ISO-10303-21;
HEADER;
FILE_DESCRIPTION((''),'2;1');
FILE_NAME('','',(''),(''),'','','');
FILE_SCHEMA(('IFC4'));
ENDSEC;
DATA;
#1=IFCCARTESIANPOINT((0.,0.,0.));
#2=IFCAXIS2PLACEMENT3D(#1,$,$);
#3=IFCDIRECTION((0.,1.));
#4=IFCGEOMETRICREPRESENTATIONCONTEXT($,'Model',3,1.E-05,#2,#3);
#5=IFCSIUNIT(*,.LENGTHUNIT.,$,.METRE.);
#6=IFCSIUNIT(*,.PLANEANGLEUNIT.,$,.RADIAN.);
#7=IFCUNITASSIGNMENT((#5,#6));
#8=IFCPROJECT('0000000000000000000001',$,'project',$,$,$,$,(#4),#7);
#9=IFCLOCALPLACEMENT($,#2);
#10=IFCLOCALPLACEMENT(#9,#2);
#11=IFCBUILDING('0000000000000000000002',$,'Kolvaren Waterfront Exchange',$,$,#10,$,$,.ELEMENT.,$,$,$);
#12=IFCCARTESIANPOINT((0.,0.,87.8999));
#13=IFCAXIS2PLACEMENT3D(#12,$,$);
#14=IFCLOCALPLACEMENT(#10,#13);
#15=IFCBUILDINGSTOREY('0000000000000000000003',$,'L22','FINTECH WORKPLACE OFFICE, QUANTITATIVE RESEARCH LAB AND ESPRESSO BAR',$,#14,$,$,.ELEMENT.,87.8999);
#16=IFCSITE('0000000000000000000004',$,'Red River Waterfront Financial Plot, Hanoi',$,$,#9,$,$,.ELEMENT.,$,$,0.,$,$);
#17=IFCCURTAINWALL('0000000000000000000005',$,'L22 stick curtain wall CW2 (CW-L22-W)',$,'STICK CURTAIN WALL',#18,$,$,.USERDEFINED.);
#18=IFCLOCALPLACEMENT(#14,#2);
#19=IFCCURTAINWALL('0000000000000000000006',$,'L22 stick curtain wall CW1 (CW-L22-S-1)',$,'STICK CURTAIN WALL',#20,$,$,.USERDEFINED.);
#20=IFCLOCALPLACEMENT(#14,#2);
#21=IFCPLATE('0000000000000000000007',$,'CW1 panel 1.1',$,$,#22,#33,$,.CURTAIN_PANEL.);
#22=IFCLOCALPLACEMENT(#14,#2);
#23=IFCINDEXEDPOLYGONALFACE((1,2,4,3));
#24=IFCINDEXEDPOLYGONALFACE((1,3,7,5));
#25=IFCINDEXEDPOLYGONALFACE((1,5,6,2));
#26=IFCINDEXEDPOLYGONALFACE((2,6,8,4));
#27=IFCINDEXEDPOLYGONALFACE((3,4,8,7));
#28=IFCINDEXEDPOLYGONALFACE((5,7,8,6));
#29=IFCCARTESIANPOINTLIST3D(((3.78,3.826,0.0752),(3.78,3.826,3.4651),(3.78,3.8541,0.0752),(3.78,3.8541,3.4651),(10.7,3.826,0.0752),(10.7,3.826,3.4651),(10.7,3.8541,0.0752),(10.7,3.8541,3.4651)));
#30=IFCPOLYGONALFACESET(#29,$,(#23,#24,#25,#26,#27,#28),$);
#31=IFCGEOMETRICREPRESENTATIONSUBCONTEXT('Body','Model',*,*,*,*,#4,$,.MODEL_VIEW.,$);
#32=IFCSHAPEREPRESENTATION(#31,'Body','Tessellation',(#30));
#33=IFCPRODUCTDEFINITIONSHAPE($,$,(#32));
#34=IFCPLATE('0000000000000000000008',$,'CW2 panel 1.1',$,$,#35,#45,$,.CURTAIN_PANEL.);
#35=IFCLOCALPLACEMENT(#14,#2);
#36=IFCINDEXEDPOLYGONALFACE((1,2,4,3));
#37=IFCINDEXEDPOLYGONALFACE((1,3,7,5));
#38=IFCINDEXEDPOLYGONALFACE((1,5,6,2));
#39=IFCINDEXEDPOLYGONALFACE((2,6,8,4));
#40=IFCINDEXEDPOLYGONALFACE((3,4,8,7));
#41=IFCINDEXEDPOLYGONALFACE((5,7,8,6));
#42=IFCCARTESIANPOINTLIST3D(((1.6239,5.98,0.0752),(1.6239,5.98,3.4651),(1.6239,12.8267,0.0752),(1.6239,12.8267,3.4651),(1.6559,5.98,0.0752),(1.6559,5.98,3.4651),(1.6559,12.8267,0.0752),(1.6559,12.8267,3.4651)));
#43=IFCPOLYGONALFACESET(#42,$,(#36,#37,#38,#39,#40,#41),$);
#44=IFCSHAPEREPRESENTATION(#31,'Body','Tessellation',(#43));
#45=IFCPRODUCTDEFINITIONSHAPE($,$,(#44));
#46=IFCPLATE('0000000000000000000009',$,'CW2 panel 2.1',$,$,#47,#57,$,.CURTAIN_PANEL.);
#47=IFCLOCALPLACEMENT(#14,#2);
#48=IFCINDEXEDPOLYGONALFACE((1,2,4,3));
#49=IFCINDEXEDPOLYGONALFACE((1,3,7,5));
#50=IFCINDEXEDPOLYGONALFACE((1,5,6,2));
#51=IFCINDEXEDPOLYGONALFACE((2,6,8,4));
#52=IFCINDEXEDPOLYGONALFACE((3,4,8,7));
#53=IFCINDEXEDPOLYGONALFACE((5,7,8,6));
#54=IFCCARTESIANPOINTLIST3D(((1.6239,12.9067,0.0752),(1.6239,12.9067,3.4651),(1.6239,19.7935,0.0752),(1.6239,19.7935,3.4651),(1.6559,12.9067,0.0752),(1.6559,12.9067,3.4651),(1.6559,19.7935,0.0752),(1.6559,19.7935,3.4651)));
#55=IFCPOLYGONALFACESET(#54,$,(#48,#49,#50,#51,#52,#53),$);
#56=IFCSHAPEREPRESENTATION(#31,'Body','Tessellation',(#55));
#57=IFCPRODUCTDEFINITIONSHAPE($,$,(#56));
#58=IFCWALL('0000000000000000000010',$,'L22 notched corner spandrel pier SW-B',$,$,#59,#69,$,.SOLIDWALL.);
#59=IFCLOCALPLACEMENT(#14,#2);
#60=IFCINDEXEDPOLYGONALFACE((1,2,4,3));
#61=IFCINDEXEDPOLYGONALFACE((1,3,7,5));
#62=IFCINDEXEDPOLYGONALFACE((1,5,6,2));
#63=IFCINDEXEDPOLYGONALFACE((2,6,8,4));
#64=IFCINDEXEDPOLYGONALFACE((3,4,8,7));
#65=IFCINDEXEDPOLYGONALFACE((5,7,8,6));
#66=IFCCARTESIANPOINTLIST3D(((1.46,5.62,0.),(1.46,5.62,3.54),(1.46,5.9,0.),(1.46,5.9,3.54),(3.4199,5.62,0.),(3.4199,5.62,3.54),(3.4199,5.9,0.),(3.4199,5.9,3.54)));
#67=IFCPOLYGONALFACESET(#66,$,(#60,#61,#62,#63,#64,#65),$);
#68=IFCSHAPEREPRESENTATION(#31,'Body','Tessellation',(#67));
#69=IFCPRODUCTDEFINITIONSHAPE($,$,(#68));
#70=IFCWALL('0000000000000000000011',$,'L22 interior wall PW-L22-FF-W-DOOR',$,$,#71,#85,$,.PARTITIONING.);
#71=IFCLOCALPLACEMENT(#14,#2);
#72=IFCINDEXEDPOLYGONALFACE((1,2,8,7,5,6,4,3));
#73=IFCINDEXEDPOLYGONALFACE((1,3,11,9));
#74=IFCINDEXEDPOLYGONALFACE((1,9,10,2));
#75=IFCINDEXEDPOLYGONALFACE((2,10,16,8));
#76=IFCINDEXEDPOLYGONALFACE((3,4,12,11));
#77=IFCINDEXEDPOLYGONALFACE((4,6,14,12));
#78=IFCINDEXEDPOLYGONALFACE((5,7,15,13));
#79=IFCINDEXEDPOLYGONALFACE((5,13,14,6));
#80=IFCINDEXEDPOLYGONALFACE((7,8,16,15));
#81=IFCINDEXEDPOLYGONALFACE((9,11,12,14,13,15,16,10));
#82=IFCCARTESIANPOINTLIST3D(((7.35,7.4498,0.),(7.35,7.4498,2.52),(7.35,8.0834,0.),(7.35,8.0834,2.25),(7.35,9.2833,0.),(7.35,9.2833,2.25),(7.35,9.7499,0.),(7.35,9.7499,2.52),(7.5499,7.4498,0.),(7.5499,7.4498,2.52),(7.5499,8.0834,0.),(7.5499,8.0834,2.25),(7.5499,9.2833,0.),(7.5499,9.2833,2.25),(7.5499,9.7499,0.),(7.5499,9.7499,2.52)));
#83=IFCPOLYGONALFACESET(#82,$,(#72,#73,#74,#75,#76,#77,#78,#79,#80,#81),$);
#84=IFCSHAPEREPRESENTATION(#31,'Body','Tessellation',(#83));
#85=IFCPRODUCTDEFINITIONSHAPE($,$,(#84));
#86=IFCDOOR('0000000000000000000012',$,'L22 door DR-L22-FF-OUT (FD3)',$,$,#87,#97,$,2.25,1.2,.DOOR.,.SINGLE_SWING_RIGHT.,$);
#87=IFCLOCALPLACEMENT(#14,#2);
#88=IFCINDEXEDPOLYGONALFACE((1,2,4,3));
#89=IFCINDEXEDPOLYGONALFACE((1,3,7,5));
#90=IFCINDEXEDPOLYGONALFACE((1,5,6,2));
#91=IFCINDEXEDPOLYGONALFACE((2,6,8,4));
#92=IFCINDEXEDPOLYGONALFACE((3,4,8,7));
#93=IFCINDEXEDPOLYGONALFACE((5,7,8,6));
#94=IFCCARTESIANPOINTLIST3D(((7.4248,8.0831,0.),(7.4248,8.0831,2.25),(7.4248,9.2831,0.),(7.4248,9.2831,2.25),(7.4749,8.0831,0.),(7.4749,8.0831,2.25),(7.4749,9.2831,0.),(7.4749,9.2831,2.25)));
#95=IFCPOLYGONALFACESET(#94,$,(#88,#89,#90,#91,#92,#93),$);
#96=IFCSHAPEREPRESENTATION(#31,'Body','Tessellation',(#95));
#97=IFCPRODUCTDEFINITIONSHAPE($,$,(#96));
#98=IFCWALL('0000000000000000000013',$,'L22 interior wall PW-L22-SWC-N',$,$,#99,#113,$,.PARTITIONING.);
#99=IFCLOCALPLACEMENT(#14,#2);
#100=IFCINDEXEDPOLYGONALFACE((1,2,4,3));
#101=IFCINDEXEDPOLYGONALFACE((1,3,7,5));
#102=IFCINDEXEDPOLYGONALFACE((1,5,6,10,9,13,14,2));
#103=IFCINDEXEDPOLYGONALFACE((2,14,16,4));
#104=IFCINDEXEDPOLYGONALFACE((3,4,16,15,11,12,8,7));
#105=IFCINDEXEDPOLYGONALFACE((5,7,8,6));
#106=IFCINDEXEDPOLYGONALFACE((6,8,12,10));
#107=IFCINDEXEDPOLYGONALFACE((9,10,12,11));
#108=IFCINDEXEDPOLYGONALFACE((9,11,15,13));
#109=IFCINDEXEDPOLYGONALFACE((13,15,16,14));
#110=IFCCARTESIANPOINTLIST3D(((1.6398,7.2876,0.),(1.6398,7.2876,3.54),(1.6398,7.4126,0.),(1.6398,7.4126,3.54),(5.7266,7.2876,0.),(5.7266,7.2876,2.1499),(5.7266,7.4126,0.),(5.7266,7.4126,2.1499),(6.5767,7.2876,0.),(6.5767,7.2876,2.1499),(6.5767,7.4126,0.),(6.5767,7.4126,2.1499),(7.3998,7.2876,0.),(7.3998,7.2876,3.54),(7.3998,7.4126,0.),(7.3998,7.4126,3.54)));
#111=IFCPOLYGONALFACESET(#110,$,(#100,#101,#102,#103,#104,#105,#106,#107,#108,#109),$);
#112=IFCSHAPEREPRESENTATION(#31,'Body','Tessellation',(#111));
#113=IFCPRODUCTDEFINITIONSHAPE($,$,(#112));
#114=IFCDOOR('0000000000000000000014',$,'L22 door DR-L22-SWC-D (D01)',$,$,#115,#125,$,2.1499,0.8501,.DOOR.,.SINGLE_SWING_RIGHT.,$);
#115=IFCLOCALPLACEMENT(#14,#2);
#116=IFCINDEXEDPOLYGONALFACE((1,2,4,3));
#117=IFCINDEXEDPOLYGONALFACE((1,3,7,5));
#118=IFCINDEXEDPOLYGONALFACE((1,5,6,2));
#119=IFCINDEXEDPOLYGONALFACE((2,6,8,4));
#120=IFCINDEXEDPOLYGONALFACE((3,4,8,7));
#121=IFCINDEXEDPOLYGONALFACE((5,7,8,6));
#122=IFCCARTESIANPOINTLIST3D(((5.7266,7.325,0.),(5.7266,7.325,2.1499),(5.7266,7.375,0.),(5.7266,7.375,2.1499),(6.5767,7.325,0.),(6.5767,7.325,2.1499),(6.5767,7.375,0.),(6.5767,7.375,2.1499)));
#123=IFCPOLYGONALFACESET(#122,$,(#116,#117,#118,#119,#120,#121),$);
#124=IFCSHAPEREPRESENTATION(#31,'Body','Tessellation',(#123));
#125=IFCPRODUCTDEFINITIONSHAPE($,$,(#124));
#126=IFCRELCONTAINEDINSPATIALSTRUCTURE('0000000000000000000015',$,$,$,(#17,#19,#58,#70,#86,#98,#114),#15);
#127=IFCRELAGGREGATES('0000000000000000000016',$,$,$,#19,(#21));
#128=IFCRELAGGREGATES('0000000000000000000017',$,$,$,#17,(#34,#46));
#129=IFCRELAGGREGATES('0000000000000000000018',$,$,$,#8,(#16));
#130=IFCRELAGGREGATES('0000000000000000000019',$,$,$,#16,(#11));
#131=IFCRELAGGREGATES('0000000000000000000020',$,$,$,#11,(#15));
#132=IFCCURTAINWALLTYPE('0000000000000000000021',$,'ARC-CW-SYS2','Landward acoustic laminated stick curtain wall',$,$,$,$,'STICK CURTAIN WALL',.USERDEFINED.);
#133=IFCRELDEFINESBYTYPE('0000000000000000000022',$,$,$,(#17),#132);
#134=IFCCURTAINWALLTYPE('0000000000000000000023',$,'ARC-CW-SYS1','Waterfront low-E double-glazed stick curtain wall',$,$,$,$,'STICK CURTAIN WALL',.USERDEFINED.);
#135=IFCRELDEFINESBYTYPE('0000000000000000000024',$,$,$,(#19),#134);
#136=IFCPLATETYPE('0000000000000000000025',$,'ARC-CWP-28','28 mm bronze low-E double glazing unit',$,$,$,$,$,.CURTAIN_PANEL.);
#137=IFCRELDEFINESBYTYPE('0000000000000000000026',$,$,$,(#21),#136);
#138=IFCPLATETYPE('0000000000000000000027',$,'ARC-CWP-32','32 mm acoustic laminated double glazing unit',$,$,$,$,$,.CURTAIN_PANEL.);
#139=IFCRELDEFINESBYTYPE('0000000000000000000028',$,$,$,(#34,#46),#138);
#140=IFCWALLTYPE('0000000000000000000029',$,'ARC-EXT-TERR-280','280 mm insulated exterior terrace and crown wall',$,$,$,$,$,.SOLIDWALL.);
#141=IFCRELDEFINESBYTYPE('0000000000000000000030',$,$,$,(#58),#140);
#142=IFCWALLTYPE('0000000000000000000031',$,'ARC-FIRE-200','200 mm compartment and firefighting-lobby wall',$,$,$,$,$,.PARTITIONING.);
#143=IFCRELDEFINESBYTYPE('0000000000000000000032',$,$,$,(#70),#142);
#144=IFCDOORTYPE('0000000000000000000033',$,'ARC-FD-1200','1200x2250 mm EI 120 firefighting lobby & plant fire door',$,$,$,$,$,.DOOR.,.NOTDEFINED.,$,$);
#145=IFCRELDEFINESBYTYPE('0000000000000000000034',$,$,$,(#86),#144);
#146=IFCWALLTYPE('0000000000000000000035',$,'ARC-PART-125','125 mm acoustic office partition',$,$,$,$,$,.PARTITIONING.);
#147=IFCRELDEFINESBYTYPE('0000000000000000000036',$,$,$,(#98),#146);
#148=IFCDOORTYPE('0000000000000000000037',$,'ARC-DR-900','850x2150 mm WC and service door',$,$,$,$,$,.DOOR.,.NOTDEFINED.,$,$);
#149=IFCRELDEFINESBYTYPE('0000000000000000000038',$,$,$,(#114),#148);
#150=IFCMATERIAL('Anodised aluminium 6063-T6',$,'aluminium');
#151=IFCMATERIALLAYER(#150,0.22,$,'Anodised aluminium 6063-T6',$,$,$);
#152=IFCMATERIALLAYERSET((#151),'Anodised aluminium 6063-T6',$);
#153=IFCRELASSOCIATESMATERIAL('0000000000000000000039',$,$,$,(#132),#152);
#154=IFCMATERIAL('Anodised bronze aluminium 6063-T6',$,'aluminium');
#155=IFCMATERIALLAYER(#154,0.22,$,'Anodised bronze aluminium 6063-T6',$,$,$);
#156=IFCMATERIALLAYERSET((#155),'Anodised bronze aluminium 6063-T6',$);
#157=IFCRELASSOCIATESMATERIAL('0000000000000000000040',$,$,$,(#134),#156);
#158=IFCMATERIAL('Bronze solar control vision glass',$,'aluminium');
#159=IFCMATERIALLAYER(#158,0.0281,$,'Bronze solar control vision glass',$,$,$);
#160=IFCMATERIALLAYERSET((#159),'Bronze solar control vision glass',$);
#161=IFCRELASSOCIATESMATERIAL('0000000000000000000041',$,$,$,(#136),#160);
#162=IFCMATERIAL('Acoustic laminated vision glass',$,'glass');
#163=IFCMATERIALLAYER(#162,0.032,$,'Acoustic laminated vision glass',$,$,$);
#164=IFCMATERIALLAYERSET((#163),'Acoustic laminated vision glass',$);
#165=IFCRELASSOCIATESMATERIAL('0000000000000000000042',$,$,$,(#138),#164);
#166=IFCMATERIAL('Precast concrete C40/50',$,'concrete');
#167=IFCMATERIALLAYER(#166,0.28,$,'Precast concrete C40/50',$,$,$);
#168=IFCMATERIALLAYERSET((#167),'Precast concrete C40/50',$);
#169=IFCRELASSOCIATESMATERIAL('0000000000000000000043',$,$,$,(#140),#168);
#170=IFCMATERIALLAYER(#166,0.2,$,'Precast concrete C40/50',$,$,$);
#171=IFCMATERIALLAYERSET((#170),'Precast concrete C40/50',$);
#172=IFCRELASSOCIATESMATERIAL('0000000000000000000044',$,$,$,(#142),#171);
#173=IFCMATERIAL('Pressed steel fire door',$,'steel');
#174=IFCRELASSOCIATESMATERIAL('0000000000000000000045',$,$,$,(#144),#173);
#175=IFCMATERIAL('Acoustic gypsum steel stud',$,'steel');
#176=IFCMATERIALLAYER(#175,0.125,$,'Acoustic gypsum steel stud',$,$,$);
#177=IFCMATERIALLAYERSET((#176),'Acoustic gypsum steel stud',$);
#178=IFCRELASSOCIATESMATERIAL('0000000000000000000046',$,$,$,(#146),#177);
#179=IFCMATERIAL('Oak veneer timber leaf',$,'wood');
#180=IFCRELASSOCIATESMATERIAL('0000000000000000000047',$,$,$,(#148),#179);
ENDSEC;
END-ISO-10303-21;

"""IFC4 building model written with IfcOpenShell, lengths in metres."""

from ifc_helpers import new_model, si_unit, direction, frame, frame_2d, origin, origin_with_axes, origin_2d, place, context, subcontext, project, spatial, rectangle, extrude, source, transform, mapped, material, layer, layer_set, type_object, element, fill, aggregate, save


model = new_model("IFC4")

# Units and contexts
model_context = context("Model", 3, precision=1e-05, world=origin(), true_north=direction((0.0, 1.0)))
body_context = subcontext(model_context, "Body", "Model", "MODEL_VIEW")
ifc_project = project(units=[si_unit("LENGTHUNIT", "METRE"), si_unit("PLANEANGLEUNIT", "RADIAN")], contexts=[model_context])

# Site, building, storey
site_placement = place(None, origin())
site = spatial("IfcSite", under=ifc_project, at=site_placement, Name="Red River Waterfront Financial Plot, Hanoi", CompositionType="ELEMENT", RefElevation=0.0)
building_placement = place(site_placement, origin())
building = spatial("IfcBuilding", under=site, at=building_placement, Name="Kolvaren Waterfront Exchange", CompositionType="ELEMENT")
storey_placement = place(building_placement, frame((0.0, 0.0, 87.8999)))
storey = spatial("IfcBuildingStorey", under=building, at=storey_placement, Name="L22", Description="FINTECH WORKPLACE OFFICE, QUANTITATIVE RESEARCH LAB AND ESPRESSO BAR", CompositionType="ELEMENT", Elevation=87.8999)

# Curtain walls
ifc_material_1 = material(Name="Anodised aluminium 6063-T6", Category="aluminium")
ifc_layer_1 = layer(ifc_material_1, 0.22, Name="Anodised aluminium 6063-T6")
ifc_layer_set_1 = layer_set([ifc_layer_1], Name="Anodised aluminium 6063-T6")
curtain_wall_type_1 = type_object("IfcCurtainWallType", Name="ARC-CW-SYS2", Description="Landward acoustic laminated stick curtain wall", ElementType="STICK CURTAIN WALL", PredefinedType="USERDEFINED", material=ifc_layer_set_1)
curtain_wall_1_placement = place(storey_placement, origin())
curtain_wall_1 = element("IfcCurtainWall", 1, at=curtain_wall_1_placement, inside=storey, type_object=curtain_wall_type_1, Name="L22 stick curtain wall CW2 (CW-L22-W)", ObjectType="STICK CURTAIN WALL", PredefinedType="USERDEFINED")
ifc_material_2 = material(Name="Anodised bronze aluminium 6063-T6", Category="aluminium")
ifc_layer_2 = layer(ifc_material_2, 0.22, Name="Anodised bronze aluminium 6063-T6")
ifc_layer_set_2 = layer_set([ifc_layer_2], Name="Anodised bronze aluminium 6063-T6")
curtain_wall_type_2 = type_object("IfcCurtainWallType", Name="ARC-CW-SYS1", Description="Waterfront low-E double-glazed stick curtain wall", ElementType="STICK CURTAIN WALL", PredefinedType="USERDEFINED", material=ifc_layer_set_2)
curtain_wall_2_placement = place(storey_placement, origin())
curtain_wall_2 = element("IfcCurtainWall", 2, at=curtain_wall_2_placement, inside=storey, type_object=curtain_wall_type_2, Name="L22 stick curtain wall CW1 (CW-L22-S-1)", ObjectType="STICK CURTAIN WALL", PredefinedType="USERDEFINED")

# Plates
ifc_material_3 = material(Name="Bronze solar control vision glass", Category="aluminium")
ifc_layer_3 = layer(ifc_material_3, 0.0281, Name="Bronze solar control vision glass")
ifc_layer_set_3 = layer_set([ifc_layer_3], Name="Bronze solar control vision glass")
plate_type_1 = type_object("IfcPlateType", Name="ARC-CWP-28", Description="28 mm bronze low-E double glazing unit", PredefinedType="CURTAIN_PANEL", material=ifc_layer_set_3)
shared_shape_1 = source(origin_with_axes(), body_context, "Body", "SweptSolid", [
    extrude(rectangle(XDim=6.9199, YDim=0.0281, at=origin_2d()), origin(), (0.0, 0.0, 1.0), 3.3899),
])
plate_1_placement = place(storey_placement, frame((7.24, 3.8401, 0.0752), z_axis=(0.0, 0.0, 1.0), x_axis=(1.0, 0.0, 0.0)))
plate_1 = element("IfcPlate", 3, at=plate_1_placement, type_object=plate_type_1, Name="CW1 panel 1.1", PredefinedType="CURTAIN_PANEL", context=body_context, shape_type="MappedRepresentation", body=[
    mapped(shared_shape_1, transform((0.0, 0.0, 0.0), x_axis=(1.0, 0.0, 0.0), y_axis=(0.0, 1.0, 0.0), z_axis=(0.0, 0.0, 1.0), scale=1.0)),
])
aggregate(curtain_wall_2, [plate_1])
ifc_material_4 = material(Name="Acoustic laminated vision glass", Category="glass")
ifc_layer_4 = layer(ifc_material_4, 0.032, Name="Acoustic laminated vision glass")
ifc_layer_set_4 = layer_set([ifc_layer_4], Name="Acoustic laminated vision glass")
plate_type_2 = type_object("IfcPlateType", Name="ARC-CWP-32", Description="32 mm acoustic laminated double glazing unit", PredefinedType="CURTAIN_PANEL", material=ifc_layer_set_4)
shared_shape_2 = source(origin_with_axes(), body_context, "Body", "SweptSolid", [
    extrude(rectangle(XDim=6.8467, YDim=0.032, at=origin_2d()), origin(), (0.0, 0.0, 1.0), 3.3899),
])
plate_2_placement = place(storey_placement, frame((1.6399, 9.4033, 0.0752), z_axis=(0.0, 0.0, 1.0), x_axis=(0.0, 1.0, 0.0)))
plate_2 = element("IfcPlate", 4, at=plate_2_placement, type_object=plate_type_2, Name="CW2 panel 1.1", PredefinedType="CURTAIN_PANEL", context=body_context, shape_type="MappedRepresentation", body=[
    mapped(shared_shape_2, transform((0.0, 0.0, 0.0), x_axis=(1.0, 0.0, 0.0), y_axis=(0.0, 1.0, 0.0), z_axis=(0.0, 0.0, 1.0), scale=1.0)),
])
shared_shape_3 = source(origin_with_axes(), body_context, "Body", "SweptSolid", [
    extrude(rectangle(XDim=6.8867, YDim=0.032, at=origin_2d()), origin(), (0.0, 0.0, 1.0), 3.3899),
])
plate_3_placement = place(storey_placement, frame((1.6399, 16.3501, 0.0752), z_axis=(0.0, 0.0, 1.0), x_axis=(0.0, 1.0, 0.0)))
plate_3 = element("IfcPlate", 5, at=plate_3_placement, type_object=plate_type_2, Name="CW2 panel 2.1", PredefinedType="CURTAIN_PANEL", context=body_context, shape_type="MappedRepresentation", body=[
    mapped(shared_shape_3, transform((0.0, 0.0, 0.0), x_axis=(1.0, 0.0, 0.0), y_axis=(0.0, 1.0, 0.0), z_axis=(0.0, 0.0, 1.0), scale=1.0)),
])
aggregate(curtain_wall_1, [plate_2, plate_3])

# Wall
ifc_material_5 = material(Name="Precast concrete C40/50", Category="concrete")
ifc_layer_5 = layer(ifc_material_5, 0.28, Name="Precast concrete C40/50")
ifc_layer_set_5 = layer_set([ifc_layer_5], Name="Precast concrete C40/50")
wall_type_1 = type_object("IfcWallType", Name="ARC-EXT-TERR-280", Description="280 mm insulated exterior terrace and crown wall", PredefinedType="SOLIDWALL", material=ifc_layer_set_5)
wall_1_placement = place(storey_placement, frame((1.46, 5.76, 0.0), z_axis=(0.0, 0.0, 1.0), x_axis=(1.0, 0.0, 0.0)))
element("IfcWall", 6, at=wall_1_placement, inside=storey, type_object=wall_type_1, Name="L22 notched corner spandrel pier SW-B", PredefinedType="SOLIDWALL", context=body_context, shape_type="SweptSolid", body=[
    extrude(rectangle(XDim=1.96, YDim=0.28, at=frame_2d((0.98, 0.0))), origin(), (0.0, 0.0, 1.0), 3.54),
])

# Walls, openings, doors
ifc_layer_6 = layer(ifc_material_5, 0.2, Name="Precast concrete C40/50")
ifc_layer_set_6 = layer_set([ifc_layer_6], Name="Precast concrete C40/50")
wall_type_2 = type_object("IfcWallType", Name="ARC-FIRE-200", Description="200 mm compartment and firefighting-lobby wall", PredefinedType="PARTITIONING", material=ifc_layer_set_6)
wall_2_placement = place(storey_placement, frame((7.45, 7.45, 0.0), z_axis=(0.0, 0.0, 1.0), x_axis=(0.0, 1.0, 0.0)))
wall_2 = element("IfcWall", 7, at=wall_2_placement, inside=storey, type_object=wall_type_2, Name="L22 interior wall PW-L22-FF-W-DOOR", PredefinedType="PARTITIONING", context=body_context, shape_type="SweptSolid", body=[
    extrude(rectangle(XDim=2.3, YDim=0.2, at=frame_2d((1.1499, 0.0))), origin(), (0.0, 0.0, 1.0), 2.52),
])
opening_1_placement = place(wall_2_placement, frame((0.6333, 0.0, 0.0)))
opening_1 = element("IfcOpeningElement", 8, at=opening_1_placement, cuts=wall_2, PredefinedType="OPENING", context=body_context, shape_type="SweptSolid", body=[
    extrude(rectangle(XDim=1.2, YDim=2.25, at=frame_2d((0.6001, 1.125))), frame((0.0, 0.1099, 0.0), z_axis=(0.0, -1.0, 0.0), x_axis=(1.0, 0.0, 0.0)), (0.0, 0.0, 1.0), 0.22),
])
ifc_material_6 = material(Name="Pressed steel fire door", Category="steel")
door_type_1 = type_object("IfcDoorType", Name="ARC-FD-1200", Description="1200x2250 mm EI 120 firefighting lobby & plant fire door", OperationType="NOTDEFINED", PredefinedType="DOOR", material=ifc_material_6)
door_1_placement = place(opening_1_placement, frame((1.2, 0.0, 0.0), z_axis=(0.0, 0.0, 1.0), x_axis=(-1.0, 0.0, 0.0)))
door_1 = element("IfcDoor", 9, at=door_1_placement, inside=storey, type_object=door_type_1, Name="L22 door DR-L22-FF-OUT (FD3)", OperationType="SINGLE_SWING_RIGHT", OverallHeight=2.25, OverallWidth=1.2, PredefinedType="DOOR", context=body_context, shape_type="SweptSolid", body=[
    extrude(rectangle(XDim=1.2, YDim=2.25, at=frame_2d((0.6001, 1.125))), frame((0.0, 0.0249, 0.0), z_axis=(0.0, -1.0, 0.0), x_axis=(1.0, 0.0, 0.0)), (0.0, 0.0, 1.0), 0.05),
])
fill(opening_1, door_1)
ifc_material_7 = material(Name="Acoustic gypsum steel stud", Category="steel")
ifc_layer_7 = layer(ifc_material_7, 0.125, Name="Acoustic gypsum steel stud")
ifc_layer_set_7 = layer_set([ifc_layer_7], Name="Acoustic gypsum steel stud")
wall_type_3 = type_object("IfcWallType", Name="ARC-PART-125", Description="125 mm acoustic office partition", PredefinedType="PARTITIONING", material=ifc_layer_set_7)
wall_3_placement = place(storey_placement, frame((1.6399, 7.3501, 0.0), z_axis=(0.0, 0.0, 1.0), x_axis=(1.0, 0.0, 0.0)))
wall_3 = element("IfcWall", 10, at=wall_3_placement, inside=storey, type_object=wall_type_3, Name="L22 interior wall PW-L22-SWC-N", PredefinedType="PARTITIONING", context=body_context, shape_type="SweptSolid", body=[
    extrude(rectangle(XDim=5.76, YDim=0.125, at=frame_2d((2.8799, 0.0))), origin(), (0.0, 0.0, 1.0), 3.54),
])
opening_2_placement = place(wall_3_placement, frame((4.0867, 0.0, 0.0)))
opening_2 = element("IfcOpeningElement", 11, at=opening_2_placement, cuts=wall_3, PredefinedType="OPENING", context=body_context, shape_type="SweptSolid", body=[
    extrude(rectangle(XDim=0.8501, YDim=2.1499, at=frame_2d((0.425, 1.075))), frame((0.0, 0.0725, 0.0), z_axis=(0.0, -1.0, 0.0), x_axis=(1.0, 0.0, 0.0)), (0.0, 0.0, 1.0), 0.145),
])
ifc_material_8 = material(Name="Oak veneer timber leaf", Category="wood")
door_type_2 = type_object("IfcDoorType", Name="ARC-DR-900", Description="850x2150 mm WC and service door", OperationType="NOTDEFINED", PredefinedType="DOOR", material=ifc_material_8)
door_2_placement = place(opening_2_placement, origin())
door_2 = element("IfcDoor", 12, at=door_2_placement, inside=storey, type_object=door_type_2, Name="L22 door DR-L22-SWC-D (D01)", OperationType="SINGLE_SWING_RIGHT", OverallHeight=2.1499, OverallWidth=0.8501, PredefinedType="DOOR", context=body_context, shape_type="SweptSolid", body=[
    extrude(rectangle(XDim=0.8501, YDim=2.1499, at=frame_2d((0.425, 1.075))), frame((0.0, 0.0249, 0.0), z_axis=(0.0, -1.0, 0.0), x_axis=(1.0, 0.0, 0.0)), (0.0, 0.0, 1.0), 0.05),
])
fill(opening_2, door_2)

save(model, "model.ifc")
